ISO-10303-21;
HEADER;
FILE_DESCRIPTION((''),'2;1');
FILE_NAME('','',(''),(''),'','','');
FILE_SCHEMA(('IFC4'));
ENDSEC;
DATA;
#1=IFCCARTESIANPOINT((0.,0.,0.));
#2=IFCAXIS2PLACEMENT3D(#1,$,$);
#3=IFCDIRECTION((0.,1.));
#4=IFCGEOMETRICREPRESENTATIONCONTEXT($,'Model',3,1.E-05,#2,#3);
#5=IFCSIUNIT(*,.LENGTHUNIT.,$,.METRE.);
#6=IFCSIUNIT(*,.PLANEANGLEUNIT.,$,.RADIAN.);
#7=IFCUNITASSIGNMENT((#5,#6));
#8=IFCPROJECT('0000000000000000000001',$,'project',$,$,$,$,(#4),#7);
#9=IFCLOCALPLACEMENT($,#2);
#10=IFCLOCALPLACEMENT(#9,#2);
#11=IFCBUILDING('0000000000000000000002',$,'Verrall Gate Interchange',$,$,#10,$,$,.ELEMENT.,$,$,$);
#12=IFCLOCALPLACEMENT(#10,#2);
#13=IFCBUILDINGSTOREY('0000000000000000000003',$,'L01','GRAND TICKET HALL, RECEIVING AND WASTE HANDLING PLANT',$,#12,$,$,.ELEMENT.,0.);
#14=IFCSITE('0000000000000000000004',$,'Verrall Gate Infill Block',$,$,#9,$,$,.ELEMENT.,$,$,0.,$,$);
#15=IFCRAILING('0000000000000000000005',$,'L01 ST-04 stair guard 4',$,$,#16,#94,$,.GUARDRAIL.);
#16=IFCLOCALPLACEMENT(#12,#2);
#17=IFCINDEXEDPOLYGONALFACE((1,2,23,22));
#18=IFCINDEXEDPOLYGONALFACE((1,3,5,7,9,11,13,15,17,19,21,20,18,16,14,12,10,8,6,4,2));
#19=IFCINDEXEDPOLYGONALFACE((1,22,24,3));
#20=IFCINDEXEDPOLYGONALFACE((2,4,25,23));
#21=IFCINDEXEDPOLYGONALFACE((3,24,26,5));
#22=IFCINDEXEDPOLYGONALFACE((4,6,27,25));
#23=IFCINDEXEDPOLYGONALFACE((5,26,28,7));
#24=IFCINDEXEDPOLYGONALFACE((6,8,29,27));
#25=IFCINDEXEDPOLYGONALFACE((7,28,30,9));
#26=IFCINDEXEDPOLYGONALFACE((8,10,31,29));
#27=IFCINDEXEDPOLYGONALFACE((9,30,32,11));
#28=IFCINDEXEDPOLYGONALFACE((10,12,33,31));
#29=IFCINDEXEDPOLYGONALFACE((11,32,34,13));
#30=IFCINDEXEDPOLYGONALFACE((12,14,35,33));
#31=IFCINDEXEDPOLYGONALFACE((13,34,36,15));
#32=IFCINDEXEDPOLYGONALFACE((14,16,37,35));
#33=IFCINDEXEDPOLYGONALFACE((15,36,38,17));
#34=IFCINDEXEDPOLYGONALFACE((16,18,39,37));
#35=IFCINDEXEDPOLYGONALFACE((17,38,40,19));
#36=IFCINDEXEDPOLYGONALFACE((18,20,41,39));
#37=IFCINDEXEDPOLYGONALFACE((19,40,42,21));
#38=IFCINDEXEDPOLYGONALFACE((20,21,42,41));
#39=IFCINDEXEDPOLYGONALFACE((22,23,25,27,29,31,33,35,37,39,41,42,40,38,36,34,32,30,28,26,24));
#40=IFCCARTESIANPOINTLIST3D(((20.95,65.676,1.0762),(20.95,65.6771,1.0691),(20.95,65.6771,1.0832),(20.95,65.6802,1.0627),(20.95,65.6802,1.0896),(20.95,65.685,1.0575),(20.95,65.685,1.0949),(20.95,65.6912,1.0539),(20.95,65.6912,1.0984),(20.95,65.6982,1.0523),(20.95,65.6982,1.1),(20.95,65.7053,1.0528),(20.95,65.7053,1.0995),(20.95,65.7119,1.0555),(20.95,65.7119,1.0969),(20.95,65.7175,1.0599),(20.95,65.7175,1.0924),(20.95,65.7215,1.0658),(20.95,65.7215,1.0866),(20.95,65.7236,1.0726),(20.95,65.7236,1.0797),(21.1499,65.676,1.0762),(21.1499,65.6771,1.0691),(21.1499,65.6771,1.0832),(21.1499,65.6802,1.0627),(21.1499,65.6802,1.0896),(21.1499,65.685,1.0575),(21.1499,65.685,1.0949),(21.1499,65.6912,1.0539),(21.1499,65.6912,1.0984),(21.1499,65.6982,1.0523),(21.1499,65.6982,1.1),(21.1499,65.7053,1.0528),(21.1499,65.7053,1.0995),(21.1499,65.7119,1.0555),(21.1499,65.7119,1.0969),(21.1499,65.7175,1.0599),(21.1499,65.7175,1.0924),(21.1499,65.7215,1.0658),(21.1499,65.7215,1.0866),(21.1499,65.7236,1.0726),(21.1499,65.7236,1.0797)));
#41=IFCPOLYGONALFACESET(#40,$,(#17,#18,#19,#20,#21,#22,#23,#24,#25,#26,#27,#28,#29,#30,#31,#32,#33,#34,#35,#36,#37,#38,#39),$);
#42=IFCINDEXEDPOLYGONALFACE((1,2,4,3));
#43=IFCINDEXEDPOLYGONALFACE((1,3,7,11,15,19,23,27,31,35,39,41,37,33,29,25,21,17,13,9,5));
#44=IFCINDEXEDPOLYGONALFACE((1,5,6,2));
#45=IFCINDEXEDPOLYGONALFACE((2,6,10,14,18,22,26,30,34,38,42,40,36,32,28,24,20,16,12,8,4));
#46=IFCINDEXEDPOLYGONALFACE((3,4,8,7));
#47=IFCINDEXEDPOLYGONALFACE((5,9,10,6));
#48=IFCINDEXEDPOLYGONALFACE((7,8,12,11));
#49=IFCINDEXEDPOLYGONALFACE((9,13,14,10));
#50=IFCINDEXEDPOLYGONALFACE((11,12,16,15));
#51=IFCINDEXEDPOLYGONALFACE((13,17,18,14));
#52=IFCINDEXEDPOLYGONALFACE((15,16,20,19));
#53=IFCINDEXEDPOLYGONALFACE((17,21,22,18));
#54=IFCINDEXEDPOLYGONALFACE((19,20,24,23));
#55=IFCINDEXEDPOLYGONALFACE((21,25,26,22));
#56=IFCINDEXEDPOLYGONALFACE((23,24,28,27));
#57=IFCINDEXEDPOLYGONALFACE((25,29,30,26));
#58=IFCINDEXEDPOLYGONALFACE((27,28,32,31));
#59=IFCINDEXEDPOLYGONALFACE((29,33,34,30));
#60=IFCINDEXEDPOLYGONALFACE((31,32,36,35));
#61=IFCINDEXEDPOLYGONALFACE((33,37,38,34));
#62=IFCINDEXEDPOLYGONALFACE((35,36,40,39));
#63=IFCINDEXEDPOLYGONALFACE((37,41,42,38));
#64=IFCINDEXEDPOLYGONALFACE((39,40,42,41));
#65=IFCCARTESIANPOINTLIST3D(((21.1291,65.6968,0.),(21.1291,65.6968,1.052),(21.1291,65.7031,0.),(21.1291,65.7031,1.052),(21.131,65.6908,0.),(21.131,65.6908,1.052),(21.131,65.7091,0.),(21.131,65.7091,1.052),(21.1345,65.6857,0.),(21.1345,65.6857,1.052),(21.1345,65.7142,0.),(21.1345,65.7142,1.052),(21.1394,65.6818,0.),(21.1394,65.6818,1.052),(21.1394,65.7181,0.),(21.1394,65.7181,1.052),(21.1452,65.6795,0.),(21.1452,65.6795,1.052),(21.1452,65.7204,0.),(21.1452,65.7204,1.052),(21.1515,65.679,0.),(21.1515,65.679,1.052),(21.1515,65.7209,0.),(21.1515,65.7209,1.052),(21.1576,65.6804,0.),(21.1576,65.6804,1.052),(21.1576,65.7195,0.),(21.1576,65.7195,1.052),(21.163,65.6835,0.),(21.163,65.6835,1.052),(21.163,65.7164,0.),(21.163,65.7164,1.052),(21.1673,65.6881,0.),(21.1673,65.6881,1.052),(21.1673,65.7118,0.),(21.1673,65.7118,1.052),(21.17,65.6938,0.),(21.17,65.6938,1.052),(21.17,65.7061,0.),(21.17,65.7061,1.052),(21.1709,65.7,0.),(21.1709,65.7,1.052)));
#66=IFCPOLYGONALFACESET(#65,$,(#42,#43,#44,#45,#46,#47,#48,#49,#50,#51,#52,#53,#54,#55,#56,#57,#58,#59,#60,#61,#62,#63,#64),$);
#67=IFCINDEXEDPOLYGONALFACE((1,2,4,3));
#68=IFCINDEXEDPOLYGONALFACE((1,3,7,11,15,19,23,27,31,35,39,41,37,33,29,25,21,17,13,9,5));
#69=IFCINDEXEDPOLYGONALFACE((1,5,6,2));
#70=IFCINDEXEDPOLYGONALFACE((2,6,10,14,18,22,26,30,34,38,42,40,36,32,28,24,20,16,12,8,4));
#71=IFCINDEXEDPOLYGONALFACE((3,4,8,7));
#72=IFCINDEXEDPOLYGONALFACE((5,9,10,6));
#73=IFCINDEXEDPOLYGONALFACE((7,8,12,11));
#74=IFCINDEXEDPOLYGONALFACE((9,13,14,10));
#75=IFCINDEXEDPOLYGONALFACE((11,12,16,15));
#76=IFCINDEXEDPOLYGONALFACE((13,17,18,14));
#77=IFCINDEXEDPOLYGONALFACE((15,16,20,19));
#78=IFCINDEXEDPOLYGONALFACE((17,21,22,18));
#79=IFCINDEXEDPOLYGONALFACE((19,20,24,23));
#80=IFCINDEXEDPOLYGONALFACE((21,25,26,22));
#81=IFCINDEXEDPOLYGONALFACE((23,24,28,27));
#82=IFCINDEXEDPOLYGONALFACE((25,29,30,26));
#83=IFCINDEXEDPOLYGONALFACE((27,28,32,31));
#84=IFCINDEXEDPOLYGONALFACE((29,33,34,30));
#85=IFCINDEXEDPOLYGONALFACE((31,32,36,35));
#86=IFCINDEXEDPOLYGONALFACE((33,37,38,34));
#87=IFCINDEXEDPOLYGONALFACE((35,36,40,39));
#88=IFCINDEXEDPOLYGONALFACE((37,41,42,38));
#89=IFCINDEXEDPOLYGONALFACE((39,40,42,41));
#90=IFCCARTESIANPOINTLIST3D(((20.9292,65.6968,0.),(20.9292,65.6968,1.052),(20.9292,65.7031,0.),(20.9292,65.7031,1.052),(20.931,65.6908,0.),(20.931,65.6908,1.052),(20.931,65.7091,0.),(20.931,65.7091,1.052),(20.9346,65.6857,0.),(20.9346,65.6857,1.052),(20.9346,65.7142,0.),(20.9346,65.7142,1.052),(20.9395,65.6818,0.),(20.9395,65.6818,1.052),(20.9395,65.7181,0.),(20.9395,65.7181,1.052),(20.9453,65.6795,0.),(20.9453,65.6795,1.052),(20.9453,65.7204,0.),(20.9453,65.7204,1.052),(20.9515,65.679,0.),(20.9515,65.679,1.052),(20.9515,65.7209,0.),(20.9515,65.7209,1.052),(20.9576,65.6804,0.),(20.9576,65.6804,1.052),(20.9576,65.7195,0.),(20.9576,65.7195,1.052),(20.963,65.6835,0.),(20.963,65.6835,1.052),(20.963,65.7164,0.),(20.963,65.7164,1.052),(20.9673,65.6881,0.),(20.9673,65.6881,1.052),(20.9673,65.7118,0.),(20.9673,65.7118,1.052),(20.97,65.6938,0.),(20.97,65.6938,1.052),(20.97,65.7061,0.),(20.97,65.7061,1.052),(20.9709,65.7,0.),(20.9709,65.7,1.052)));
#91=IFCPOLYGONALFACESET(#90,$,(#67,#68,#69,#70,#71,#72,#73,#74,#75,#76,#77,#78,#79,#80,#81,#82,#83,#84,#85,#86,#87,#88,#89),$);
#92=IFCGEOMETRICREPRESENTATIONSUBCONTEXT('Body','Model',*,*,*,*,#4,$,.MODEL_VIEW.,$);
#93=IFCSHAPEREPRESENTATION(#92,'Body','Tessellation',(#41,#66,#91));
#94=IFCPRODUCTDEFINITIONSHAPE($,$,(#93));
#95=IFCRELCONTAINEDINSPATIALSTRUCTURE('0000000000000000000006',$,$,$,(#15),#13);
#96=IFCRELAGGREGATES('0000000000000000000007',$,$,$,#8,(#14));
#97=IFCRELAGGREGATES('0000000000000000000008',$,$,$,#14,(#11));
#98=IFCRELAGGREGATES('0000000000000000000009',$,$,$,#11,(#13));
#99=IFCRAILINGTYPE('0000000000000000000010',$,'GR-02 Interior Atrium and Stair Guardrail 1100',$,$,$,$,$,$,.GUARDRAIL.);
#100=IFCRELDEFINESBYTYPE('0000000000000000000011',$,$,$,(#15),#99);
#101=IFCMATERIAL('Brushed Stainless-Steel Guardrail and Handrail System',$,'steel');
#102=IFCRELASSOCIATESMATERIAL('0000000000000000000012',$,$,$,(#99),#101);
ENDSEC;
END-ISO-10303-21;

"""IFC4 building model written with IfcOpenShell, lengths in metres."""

from ifc_helpers import new_model, si_unit, direction, frame, origin, origin_2d, place, context, subcontext, project, spatial, circle, extrude, material, type_object, element, save


model = new_model("IFC4")

# Units and contexts
model_context = context("Model", 3, precision=1e-05, world=origin(), true_north=direction((0.0, 1.0)))
body_context = subcontext(model_context, "Body", "Model", "MODEL_VIEW")
ifc_project = project(units=[si_unit("LENGTHUNIT", "METRE"), si_unit("PLANEANGLEUNIT", "RADIAN")], contexts=[model_context])

# Site, building, storey
site_placement = place(None, origin())
site = spatial("IfcSite", under=ifc_project, at=site_placement, Name="Verrall Gate Infill Block", CompositionType="ELEMENT", RefElevation=0.0)
building_placement = place(site_placement, origin())
building = spatial("IfcBuilding", under=site, at=building_placement, Name="Verrall Gate Interchange", CompositionType="ELEMENT")
storey_placement = place(building_placement, origin())
storey = spatial("IfcBuildingStorey", under=building, at=storey_placement, Name="L01", Description="GRAND TICKET HALL, RECEIVING AND WASTE HANDLING PLANT", CompositionType="ELEMENT", Elevation=0.0)

# Railing
ifc_material_1 = material(Name="Brushed Stainless-Steel Guardrail and Handrail System", Category="steel")
railing_type_1 = type_object("IfcRailingType", Name="GR-02 Interior Atrium and Stair Guardrail 1100", PredefinedType="GUARDRAIL", material=ifc_material_1)
railing_1_placement = place(storey_placement, frame((21.1499, 65.7, 0.0)))
element("IfcRailing", 1, at=railing_1_placement, inside=storey, type_object=railing_type_1, Name="L01 ST-04 stair guard 4", PredefinedType="GUARDRAIL", context=body_context, shape_type="SweptSolid", body=[
    extrude(circle(Radius=0.0239, at=origin_2d()), frame((0.0, 0.0, 1.0762), z_axis=(-1.0, 0.0, 0.0), x_axis=(0.0, -1.0, 0.0)), (0.0, 0.0, 1.0), 0.2),
    extrude(circle(Radius=0.021, at=origin_2d()), origin(), (0.0, 0.0, 1.0), 1.052),
    extrude(circle(Radius=0.021, at=origin_2d()), frame((-0.2, 0.0, 0.0)), (0.0, 0.0, 1.0), 1.052),
])

save(model, "model.ifc")
